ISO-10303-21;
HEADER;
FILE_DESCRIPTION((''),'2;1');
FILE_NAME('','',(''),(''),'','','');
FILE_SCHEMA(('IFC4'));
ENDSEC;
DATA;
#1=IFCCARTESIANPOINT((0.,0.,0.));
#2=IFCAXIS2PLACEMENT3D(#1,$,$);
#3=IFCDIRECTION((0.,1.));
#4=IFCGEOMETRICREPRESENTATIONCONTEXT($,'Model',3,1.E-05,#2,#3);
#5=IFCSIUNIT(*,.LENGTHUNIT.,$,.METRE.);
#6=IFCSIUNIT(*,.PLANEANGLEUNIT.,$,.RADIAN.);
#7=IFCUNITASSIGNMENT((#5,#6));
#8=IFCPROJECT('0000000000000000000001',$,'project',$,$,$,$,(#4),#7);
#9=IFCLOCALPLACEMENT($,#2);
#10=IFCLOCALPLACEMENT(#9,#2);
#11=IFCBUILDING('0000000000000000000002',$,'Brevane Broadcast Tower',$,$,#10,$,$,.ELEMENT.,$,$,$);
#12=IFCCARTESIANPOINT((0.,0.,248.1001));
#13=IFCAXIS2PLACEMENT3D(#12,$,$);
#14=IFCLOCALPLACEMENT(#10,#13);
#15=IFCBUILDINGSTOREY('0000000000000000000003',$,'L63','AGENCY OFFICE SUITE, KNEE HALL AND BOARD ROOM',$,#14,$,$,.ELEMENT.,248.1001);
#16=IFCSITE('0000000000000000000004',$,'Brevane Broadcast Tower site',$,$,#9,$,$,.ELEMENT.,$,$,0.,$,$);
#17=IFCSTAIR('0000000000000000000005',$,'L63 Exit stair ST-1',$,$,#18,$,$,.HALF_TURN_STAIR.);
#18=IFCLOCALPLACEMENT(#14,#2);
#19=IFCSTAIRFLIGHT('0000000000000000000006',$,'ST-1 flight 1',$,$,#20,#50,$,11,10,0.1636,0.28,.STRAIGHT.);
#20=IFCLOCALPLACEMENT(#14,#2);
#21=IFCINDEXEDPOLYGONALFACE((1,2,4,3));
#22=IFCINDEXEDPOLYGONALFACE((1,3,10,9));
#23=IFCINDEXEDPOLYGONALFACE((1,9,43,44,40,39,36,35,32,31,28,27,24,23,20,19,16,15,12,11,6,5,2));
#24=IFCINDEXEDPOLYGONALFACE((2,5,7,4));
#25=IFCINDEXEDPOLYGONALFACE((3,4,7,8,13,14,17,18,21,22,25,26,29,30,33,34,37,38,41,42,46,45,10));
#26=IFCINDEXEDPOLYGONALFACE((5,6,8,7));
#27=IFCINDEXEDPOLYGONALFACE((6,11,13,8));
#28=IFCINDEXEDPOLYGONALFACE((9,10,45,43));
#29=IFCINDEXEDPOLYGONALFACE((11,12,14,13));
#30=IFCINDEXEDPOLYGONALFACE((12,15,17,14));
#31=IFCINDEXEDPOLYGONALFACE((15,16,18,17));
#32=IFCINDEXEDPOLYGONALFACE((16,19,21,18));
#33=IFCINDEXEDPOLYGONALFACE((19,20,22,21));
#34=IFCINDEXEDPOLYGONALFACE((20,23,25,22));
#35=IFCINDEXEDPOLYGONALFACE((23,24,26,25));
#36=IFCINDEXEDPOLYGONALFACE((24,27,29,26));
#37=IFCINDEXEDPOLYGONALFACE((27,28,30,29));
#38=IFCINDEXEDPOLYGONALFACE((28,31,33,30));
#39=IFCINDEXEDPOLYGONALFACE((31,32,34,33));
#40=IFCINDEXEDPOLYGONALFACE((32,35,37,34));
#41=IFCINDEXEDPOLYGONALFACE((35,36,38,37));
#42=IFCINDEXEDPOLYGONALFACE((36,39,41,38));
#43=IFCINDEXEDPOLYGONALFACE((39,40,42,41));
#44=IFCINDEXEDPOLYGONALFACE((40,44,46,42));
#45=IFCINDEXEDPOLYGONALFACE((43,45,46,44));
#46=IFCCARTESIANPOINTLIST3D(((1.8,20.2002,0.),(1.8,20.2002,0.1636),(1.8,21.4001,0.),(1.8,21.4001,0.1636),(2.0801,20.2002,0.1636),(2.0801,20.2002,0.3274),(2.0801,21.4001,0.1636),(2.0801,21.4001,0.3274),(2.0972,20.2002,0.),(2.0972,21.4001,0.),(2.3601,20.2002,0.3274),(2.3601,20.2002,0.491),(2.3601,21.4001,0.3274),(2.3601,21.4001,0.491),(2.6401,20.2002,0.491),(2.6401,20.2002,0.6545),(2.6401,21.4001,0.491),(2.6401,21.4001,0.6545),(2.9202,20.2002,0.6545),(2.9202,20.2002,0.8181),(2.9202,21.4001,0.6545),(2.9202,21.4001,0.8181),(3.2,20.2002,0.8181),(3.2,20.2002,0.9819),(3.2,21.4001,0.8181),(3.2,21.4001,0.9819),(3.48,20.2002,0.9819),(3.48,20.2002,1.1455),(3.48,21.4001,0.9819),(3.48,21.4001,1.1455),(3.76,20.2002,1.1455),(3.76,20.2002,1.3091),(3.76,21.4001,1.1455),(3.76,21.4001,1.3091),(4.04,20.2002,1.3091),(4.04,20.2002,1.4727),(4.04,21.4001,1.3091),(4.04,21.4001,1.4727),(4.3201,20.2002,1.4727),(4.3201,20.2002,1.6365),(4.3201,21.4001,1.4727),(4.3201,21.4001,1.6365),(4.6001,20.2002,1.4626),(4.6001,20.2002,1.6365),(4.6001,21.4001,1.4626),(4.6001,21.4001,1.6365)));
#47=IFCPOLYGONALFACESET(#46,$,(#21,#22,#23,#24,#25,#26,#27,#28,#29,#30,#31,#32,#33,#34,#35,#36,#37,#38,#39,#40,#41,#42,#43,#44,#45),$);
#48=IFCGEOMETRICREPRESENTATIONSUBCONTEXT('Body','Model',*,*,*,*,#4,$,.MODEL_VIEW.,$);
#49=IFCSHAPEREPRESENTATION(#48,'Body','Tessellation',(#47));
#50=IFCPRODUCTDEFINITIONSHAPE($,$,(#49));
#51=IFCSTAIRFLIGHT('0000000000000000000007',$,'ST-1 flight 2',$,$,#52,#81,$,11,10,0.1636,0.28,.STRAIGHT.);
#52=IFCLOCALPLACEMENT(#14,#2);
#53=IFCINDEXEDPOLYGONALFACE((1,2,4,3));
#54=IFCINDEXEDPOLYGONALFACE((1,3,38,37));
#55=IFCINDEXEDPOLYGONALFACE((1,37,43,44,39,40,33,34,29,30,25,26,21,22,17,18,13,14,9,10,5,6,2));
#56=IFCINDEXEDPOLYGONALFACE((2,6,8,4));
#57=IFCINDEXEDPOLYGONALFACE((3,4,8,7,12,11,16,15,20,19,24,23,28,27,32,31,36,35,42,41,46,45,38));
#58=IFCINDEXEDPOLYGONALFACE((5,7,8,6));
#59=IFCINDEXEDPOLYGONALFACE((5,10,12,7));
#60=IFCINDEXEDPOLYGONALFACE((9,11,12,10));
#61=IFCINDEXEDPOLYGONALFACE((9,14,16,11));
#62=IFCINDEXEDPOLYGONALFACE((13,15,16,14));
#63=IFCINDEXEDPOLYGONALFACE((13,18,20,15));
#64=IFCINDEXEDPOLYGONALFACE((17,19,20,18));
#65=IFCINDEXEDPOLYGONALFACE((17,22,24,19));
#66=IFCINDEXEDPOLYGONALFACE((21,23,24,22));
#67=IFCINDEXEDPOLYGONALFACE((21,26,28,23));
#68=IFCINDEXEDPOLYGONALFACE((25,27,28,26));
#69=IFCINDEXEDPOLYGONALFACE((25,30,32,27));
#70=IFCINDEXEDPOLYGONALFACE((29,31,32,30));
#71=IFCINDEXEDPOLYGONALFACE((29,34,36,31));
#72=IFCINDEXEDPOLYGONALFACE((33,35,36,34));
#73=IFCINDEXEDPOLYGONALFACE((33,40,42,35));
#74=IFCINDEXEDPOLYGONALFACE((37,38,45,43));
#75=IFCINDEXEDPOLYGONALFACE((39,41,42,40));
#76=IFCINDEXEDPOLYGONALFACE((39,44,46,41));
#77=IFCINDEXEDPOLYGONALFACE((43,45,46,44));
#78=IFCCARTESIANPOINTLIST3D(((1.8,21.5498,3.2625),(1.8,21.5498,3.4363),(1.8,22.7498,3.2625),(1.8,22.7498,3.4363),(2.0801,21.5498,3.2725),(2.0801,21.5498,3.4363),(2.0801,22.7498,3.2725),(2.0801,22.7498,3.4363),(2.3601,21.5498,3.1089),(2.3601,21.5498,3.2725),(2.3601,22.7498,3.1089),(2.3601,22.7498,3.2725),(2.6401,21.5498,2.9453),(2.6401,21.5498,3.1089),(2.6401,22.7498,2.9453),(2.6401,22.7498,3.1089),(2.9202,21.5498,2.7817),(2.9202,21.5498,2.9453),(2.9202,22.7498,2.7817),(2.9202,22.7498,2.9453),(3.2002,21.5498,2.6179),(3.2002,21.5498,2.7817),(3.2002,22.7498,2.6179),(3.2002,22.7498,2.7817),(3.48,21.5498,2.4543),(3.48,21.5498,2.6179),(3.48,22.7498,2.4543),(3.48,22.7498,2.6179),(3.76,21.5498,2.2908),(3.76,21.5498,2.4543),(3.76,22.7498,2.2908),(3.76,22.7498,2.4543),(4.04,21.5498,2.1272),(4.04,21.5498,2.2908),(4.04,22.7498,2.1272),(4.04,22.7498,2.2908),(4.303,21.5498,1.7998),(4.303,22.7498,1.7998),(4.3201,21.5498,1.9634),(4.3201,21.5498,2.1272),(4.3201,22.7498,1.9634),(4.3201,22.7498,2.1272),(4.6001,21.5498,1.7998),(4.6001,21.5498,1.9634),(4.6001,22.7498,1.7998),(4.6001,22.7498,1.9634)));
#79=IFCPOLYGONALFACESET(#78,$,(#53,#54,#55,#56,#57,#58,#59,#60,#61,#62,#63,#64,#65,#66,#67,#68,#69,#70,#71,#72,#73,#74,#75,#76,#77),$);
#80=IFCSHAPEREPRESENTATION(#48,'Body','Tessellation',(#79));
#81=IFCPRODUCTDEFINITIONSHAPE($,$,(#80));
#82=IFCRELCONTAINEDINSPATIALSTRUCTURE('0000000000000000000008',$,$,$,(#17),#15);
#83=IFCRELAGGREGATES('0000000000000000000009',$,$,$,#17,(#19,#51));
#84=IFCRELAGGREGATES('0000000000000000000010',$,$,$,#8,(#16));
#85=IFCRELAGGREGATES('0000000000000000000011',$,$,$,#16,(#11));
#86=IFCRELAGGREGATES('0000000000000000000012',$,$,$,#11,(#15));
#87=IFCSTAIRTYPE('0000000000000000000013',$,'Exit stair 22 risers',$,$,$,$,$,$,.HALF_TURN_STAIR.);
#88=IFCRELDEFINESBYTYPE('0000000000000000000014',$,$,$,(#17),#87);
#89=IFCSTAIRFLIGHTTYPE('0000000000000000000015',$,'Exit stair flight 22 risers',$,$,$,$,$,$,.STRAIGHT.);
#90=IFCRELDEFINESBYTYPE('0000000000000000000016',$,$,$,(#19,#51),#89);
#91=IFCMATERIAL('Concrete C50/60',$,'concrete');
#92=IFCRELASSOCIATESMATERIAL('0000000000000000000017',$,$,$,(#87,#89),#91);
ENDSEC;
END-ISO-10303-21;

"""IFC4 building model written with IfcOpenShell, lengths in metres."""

from ifc_helpers import new_model, si_unit, direction, frame, origin, place, context, subcontext, project, spatial, polyline, outline, extrude, material, type_object, element, aggregate, save


model = new_model("IFC4")

# Units and contexts
model_context = context("Model", 3, precision=1e-05, world=origin(), true_north=direction((0.0, 1.0)))
body_context = subcontext(model_context, "Body", "Model", "MODEL_VIEW")
ifc_project = project(units=[si_unit("LENGTHUNIT", "METRE"), si_unit("PLANEANGLEUNIT", "RADIAN")], contexts=[model_context])

# Site, building, storey
site_placement = place(None, origin())
site = spatial("IfcSite", under=ifc_project, at=site_placement, Name="Brevane Broadcast Tower site", CompositionType="ELEMENT", RefElevation=0.0)
building_placement = place(site_placement, origin())
building = spatial("IfcBuilding", under=site, at=building_placement, Name="Brevane Broadcast Tower", CompositionType="ELEMENT")
storey_placement = place(building_placement, frame((0.0, 0.0, 248.1001)))
storey = spatial("IfcBuildingStorey", under=building, at=storey_placement, Name="L63", Description="AGENCY OFFICE SUITE, KNEE HALL AND BOARD ROOM", CompositionType="ELEMENT", Elevation=248.1001)

# Shared definitions
ifc_material_1 = material(Name="Concrete C50/60", Category="concrete")

# Stair, stair flights
stair_type = type_object("IfcStairType", Name="Exit stair 22 risers", PredefinedType="HALF_TURN_STAIR", material=ifc_material_1)
stair_placement = place(storey_placement, origin())
stair = element("IfcStair", 1, at=stair_placement, inside=storey, type_object=stair_type, Name="L63 Exit stair ST-1", PredefinedType="HALF_TURN_STAIR")
stair_flight_type = type_object("IfcStairFlightType", Name="Exit stair flight 22 risers", PredefinedType="STRAIGHT", material=ifc_material_1)
stair_flight_1_placement = place(storey_placement, frame((1.8, 20.8, 0.0), z_axis=(0.0, 0.0, 1.0), x_axis=(1.0, 0.0, 0.0)))
stair_flight_1 = element("IfcStairFlight", 2, at=stair_flight_1_placement, type_object=stair_flight_type, Name="ST-1 flight 1", NumberOfRisers=11, NumberOfTreads=10, PredefinedType="STRAIGHT", RiserHeight=0.1636, TreadLength=0.28, context=body_context, shape_type="SweptSolid", body=[
    extrude(outline(polyline([(0.0, 0.0), (0.0, 0.1636), (0.28, 0.1636), (0.28, 0.3274), (0.5601, 0.3274), (0.5601, 0.491), (0.8401, 0.491), (0.8401, 0.6545), (1.1201, 0.6545), (1.1201, 0.8181), (1.3999, 0.8181), (1.3999, 0.9819), (1.6799, 0.9819), (1.6799, 1.1455), (1.96, 1.1455), (1.96, 1.3091), (2.24, 1.3091), (2.24, 1.4727), (2.52, 1.4727), (2.52, 1.6365), (2.8, 1.6365), (2.8, 1.8), (2.8, 1.4626), (0.2971, 0.0), (0.0, 0.0)])), frame((0.0, 0.6001, 0.0), z_axis=(0.0, -1.0, 0.0), x_axis=(1.0, 0.0, 0.0)), (0.0, 0.0, 1.0), 1.2),
])
stair_flight_2_placement = place(storey_placement, frame((4.6001, 22.1499, 1.7998), z_axis=(0.0, 0.0, 1.0), x_axis=(-1.0, 0.0, 0.0)))
stair_flight_2 = element("IfcStairFlight", 3, at=stair_flight_2_placement, type_object=stair_flight_type, Name="ST-1 flight 2", NumberOfRisers=11, NumberOfTreads=10, PredefinedType="STRAIGHT", RiserHeight=0.1636, TreadLength=0.28, context=body_context, shape_type="SweptSolid", body=[
    extrude(outline(polyline([(0.0, 0.0), (0.0, 0.1636), (0.28, 0.1636), (0.28, 0.3274), (0.5601, 0.3274), (0.5601, 0.491), (0.8401, 0.491), (0.8401, 0.6545), (1.1201, 0.6545), (1.1201, 0.8181), (1.3999, 0.8181), (1.3999, 0.9819), (1.6799, 0.9819), (1.6799, 1.1455), (1.96, 1.1455), (1.96, 1.3091), (2.24, 1.3091), (2.24, 1.4727), (2.52, 1.4727), (2.52, 1.6365), (2.8, 1.6365), (2.8, 1.8), (2.8, 1.4626), (0.2971, 0.0), (0.0, 0.0)])), frame((0.0, 0.6001, 0.0), z_axis=(0.0, -1.0, 0.0), x_axis=(1.0, 0.0, 0.0)), (0.0, 0.0, 1.0), 1.2),
])
aggregate(stair, [stair_flight_1, stair_flight_2])

save(model, "model.ifc")
